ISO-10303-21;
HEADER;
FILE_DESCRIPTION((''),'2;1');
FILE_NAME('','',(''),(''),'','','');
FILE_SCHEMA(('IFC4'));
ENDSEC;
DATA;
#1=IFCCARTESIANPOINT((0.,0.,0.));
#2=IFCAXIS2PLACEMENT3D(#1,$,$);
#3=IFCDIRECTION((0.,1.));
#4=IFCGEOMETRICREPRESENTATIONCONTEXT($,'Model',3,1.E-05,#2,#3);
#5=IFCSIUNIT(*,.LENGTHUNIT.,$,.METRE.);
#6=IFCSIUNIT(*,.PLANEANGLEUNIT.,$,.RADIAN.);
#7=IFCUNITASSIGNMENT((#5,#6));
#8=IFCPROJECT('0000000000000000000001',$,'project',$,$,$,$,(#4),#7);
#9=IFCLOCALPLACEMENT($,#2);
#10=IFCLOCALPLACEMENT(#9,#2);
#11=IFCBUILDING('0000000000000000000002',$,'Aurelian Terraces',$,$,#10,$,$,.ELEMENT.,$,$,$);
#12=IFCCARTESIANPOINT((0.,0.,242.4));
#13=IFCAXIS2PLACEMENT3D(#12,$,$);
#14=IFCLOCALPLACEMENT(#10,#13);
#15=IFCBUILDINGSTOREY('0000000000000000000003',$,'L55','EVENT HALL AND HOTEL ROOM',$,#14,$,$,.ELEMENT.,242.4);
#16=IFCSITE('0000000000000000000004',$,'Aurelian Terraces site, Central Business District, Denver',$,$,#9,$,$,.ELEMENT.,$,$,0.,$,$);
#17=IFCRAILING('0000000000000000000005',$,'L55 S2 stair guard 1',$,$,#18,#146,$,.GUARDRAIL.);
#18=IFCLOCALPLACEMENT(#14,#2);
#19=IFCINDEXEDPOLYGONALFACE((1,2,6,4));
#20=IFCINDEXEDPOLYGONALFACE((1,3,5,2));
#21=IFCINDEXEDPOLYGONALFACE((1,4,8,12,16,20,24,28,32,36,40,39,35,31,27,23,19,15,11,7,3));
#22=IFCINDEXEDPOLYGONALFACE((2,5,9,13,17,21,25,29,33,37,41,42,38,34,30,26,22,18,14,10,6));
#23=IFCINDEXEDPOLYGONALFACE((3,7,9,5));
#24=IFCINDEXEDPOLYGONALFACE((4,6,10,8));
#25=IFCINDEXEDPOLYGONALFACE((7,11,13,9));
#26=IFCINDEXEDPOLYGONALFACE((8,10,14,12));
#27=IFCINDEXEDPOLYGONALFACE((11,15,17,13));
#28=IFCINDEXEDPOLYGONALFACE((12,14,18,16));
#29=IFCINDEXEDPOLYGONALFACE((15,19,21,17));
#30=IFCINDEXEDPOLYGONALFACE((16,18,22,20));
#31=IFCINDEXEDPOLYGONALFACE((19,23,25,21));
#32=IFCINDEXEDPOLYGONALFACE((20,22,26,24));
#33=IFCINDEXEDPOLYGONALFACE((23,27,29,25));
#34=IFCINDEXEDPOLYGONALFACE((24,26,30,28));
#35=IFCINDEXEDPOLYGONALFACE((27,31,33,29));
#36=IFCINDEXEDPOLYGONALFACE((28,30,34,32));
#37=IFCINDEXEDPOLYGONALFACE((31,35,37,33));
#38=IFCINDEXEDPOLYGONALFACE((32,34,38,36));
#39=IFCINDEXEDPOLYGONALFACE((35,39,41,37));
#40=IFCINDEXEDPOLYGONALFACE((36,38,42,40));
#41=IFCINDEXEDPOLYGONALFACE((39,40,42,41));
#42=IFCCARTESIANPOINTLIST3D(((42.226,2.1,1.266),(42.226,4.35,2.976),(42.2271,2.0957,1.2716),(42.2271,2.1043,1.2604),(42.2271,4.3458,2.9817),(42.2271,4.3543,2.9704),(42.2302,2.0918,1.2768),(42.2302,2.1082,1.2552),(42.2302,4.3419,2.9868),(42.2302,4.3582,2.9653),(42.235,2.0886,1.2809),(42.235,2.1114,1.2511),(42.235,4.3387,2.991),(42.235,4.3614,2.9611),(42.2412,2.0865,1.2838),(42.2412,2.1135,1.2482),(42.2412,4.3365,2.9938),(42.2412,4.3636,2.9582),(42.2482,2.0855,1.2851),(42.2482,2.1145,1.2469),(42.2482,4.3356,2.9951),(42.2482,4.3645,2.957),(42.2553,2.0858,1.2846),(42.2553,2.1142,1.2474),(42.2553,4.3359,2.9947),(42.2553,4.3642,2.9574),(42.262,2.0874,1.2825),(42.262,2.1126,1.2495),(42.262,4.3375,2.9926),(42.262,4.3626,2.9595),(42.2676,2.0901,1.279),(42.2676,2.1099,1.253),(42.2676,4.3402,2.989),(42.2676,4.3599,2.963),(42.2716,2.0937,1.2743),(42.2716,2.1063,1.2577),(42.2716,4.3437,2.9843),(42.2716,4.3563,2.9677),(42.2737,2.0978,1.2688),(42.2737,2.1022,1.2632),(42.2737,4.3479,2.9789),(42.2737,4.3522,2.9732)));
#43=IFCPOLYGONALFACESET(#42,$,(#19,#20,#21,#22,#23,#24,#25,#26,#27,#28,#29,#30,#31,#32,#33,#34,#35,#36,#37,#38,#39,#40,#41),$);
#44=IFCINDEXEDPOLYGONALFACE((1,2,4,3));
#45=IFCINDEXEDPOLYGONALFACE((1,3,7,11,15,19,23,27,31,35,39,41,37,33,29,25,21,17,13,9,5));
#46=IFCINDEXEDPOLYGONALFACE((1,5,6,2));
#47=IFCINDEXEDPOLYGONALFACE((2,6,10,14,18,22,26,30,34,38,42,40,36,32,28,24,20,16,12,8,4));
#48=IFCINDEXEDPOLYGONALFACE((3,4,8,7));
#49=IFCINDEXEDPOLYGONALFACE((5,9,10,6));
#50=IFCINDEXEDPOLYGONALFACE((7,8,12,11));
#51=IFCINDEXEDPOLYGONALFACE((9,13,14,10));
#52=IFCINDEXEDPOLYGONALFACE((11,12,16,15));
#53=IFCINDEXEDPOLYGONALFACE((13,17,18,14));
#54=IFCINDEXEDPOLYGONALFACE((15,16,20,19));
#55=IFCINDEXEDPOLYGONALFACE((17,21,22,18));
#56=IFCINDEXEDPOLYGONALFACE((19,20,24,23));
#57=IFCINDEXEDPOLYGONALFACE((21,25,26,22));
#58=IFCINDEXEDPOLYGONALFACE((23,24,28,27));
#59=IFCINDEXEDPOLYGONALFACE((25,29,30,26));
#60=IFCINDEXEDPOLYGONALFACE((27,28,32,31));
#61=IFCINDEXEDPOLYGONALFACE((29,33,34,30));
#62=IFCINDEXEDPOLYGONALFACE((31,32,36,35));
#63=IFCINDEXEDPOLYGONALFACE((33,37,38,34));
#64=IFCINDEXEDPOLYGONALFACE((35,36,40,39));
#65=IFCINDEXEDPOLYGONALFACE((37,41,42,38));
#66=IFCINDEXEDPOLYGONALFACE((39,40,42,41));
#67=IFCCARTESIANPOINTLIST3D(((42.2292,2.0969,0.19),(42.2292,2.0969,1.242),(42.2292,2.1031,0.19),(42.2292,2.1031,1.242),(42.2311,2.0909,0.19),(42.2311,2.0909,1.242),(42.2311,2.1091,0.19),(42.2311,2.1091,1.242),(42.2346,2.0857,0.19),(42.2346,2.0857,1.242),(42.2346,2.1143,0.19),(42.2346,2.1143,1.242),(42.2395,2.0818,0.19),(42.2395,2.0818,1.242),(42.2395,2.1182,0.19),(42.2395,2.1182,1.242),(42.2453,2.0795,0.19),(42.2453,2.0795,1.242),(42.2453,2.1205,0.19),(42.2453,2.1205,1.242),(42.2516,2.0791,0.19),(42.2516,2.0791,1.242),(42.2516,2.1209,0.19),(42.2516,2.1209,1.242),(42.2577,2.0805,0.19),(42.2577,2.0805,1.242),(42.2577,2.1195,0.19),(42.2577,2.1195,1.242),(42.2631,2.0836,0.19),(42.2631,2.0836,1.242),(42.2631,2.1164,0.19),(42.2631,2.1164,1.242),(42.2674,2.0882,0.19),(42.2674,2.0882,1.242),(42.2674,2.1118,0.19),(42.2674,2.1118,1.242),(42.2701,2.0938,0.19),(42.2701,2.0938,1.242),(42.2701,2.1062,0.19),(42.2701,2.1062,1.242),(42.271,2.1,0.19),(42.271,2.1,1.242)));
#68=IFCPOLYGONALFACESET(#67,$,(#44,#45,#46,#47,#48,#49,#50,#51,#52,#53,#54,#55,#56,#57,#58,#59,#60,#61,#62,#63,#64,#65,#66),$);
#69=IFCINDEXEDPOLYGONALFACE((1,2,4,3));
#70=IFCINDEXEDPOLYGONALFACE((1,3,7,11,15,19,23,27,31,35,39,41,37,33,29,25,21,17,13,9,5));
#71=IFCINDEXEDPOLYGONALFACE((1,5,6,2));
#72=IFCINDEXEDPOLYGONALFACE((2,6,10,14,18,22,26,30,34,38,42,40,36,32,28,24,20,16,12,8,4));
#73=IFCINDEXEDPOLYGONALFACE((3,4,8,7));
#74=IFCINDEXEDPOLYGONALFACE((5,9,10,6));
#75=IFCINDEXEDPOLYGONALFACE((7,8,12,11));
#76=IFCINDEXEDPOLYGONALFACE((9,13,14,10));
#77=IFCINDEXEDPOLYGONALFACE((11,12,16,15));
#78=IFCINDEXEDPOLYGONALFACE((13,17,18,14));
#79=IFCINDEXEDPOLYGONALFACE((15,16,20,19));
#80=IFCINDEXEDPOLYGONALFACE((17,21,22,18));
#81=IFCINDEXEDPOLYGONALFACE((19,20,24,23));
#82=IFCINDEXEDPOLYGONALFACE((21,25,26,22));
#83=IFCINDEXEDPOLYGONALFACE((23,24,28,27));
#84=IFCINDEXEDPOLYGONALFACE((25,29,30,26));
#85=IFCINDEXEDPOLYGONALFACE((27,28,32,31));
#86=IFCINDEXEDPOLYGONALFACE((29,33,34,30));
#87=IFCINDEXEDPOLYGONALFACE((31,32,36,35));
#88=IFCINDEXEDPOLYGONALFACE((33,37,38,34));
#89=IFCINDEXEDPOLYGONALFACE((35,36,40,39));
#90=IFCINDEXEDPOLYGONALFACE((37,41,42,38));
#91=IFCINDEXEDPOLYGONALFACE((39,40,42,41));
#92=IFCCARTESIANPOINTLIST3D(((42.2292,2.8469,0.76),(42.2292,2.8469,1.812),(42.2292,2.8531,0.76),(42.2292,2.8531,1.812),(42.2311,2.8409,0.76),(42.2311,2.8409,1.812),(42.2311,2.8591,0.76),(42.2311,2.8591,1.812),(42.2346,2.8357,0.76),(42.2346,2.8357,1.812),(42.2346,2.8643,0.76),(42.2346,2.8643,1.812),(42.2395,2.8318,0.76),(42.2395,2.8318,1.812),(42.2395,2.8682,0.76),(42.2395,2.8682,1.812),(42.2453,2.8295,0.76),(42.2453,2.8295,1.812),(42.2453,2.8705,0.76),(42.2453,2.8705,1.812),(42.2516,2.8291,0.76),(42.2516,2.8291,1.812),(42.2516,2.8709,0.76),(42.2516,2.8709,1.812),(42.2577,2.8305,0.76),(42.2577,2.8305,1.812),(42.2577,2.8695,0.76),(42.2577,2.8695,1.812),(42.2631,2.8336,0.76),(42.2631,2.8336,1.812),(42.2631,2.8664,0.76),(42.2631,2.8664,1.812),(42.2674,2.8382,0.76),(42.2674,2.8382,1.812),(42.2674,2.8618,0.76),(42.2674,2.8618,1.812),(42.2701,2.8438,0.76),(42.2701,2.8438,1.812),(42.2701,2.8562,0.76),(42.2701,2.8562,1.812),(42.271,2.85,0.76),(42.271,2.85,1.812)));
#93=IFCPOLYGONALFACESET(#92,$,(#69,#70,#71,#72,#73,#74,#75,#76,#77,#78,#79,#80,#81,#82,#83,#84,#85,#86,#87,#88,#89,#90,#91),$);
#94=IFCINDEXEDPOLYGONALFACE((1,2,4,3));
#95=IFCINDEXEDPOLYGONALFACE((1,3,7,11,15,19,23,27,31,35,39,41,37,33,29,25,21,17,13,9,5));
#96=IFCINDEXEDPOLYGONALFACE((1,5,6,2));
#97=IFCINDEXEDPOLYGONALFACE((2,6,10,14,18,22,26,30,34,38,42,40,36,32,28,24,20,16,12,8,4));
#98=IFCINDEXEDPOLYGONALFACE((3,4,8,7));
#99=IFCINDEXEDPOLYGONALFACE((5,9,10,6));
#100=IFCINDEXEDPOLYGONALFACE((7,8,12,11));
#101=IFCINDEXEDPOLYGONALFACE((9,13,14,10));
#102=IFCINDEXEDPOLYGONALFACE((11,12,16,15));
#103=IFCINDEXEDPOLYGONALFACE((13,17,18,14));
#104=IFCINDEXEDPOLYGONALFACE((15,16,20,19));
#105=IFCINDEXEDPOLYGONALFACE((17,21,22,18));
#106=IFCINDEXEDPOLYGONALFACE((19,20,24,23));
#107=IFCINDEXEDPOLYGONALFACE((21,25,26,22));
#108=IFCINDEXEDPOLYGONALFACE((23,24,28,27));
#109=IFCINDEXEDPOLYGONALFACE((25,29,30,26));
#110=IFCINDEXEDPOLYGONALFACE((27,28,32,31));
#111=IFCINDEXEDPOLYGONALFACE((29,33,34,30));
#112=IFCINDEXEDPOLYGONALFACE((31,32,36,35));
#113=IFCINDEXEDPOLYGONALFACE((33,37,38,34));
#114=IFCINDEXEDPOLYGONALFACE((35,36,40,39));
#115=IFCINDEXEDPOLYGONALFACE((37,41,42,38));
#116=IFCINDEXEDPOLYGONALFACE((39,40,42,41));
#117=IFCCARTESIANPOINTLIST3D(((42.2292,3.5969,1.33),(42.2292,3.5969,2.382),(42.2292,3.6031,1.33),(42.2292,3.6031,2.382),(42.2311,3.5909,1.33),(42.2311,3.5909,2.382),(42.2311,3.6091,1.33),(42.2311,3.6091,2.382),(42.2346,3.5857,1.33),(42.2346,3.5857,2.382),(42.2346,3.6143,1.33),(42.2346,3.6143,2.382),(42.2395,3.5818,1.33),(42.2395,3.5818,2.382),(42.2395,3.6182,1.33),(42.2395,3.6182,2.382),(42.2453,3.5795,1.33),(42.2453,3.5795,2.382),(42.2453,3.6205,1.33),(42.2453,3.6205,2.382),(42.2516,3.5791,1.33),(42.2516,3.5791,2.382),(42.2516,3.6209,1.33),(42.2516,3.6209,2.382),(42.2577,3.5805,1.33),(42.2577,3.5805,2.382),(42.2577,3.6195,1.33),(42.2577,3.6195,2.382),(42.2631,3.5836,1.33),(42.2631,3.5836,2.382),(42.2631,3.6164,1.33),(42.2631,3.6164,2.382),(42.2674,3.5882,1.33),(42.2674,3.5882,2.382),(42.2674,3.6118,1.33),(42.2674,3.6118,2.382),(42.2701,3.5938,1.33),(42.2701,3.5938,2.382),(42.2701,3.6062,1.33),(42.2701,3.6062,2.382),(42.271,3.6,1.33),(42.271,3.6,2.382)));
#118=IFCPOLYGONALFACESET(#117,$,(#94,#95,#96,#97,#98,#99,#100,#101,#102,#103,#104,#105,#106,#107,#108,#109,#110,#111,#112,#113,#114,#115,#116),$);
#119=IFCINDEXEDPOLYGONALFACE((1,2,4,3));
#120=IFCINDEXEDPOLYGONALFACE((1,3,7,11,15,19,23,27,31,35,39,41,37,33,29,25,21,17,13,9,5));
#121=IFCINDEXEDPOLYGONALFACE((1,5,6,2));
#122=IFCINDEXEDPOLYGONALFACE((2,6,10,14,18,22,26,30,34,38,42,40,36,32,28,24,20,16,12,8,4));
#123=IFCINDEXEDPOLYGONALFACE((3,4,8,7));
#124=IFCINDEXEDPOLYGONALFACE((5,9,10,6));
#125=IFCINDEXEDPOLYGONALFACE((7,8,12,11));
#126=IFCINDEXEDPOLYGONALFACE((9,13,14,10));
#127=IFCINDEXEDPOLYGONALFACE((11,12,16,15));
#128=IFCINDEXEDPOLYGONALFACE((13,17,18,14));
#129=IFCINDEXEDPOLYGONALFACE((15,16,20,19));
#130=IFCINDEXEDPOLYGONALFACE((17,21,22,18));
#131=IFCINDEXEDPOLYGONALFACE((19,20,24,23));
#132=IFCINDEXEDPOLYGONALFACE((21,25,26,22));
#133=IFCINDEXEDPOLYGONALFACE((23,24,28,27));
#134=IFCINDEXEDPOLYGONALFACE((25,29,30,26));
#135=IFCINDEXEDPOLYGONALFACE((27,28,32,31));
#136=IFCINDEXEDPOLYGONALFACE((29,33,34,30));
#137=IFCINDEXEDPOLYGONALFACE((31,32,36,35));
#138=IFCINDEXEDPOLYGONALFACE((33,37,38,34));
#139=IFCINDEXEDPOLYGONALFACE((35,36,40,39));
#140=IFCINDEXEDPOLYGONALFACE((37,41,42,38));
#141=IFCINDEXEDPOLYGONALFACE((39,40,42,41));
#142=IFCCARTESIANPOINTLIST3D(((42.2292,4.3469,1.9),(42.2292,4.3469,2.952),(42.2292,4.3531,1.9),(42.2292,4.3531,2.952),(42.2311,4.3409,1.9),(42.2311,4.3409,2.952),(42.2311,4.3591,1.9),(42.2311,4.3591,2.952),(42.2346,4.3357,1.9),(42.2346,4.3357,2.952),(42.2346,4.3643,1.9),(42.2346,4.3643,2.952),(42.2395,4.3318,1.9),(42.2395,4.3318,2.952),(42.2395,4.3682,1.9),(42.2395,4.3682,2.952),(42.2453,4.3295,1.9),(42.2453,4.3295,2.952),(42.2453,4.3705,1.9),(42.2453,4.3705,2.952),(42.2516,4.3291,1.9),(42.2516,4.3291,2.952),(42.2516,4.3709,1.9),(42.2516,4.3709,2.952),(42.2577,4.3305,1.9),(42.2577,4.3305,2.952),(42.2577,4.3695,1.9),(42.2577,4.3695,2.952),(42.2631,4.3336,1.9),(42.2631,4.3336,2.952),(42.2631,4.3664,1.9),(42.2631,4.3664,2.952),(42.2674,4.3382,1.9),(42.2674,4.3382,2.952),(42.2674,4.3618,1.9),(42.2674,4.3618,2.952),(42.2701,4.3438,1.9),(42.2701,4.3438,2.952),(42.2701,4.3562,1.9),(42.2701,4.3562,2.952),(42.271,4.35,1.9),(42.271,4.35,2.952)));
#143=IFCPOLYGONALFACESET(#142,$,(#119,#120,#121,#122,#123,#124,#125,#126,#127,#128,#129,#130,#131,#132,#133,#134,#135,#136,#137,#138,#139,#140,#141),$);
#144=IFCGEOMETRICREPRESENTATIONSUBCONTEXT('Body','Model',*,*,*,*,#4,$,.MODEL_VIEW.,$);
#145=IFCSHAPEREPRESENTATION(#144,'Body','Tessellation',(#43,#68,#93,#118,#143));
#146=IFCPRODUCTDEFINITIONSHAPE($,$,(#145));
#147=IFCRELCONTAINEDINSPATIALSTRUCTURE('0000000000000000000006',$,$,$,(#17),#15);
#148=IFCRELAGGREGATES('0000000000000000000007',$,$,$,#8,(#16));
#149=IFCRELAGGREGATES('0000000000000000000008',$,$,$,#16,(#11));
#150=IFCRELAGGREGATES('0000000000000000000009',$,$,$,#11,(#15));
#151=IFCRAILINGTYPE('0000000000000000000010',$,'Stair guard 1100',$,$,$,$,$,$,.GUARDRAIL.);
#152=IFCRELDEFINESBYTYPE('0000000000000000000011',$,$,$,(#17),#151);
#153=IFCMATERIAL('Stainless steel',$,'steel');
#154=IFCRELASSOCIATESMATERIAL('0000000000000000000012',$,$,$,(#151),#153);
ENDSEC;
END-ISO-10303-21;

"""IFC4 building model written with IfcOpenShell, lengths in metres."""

from ifc_helpers import new_model, si_unit, direction, frame, origin, origin_2d, place, context, subcontext, project, spatial, circle, extrude, source, transform, mapped, material, type_object, element, save


model = new_model("IFC4")

# Units and contexts
model_context = context("Model", 3, precision=1e-05, world=origin(), true_north=direction((0.0, 1.0)))
body_context = subcontext(model_context, "Body", "Model", "MODEL_VIEW")
ifc_project = project(units=[si_unit("LENGTHUNIT", "METRE"), si_unit("PLANEANGLEUNIT", "RADIAN")], contexts=[model_context])

# Site, building, storey
site_placement = place(None, origin())
site = spatial("IfcSite", under=ifc_project, at=site_placement, Name="Aurelian Terraces site, Central Business District, Denver", CompositionType="ELEMENT", RefElevation=0.0)
building_placement = place(site_placement, origin())
building = spatial("IfcBuilding", under=site, at=building_placement, Name="Aurelian Terraces", CompositionType="ELEMENT")
storey_placement = place(building_placement, frame((0.0, 0.0, 242.4)))
storey = spatial("IfcBuildingStorey", under=building, at=storey_placement, Name="L55", Description="EVENT HALL AND HOTEL ROOM", CompositionType="ELEMENT", Elevation=242.4)

# Railing
ifc_material_1 = material(Name="Stainless steel", Category="steel")
railing_type_1 = type_object("IfcRailingType", Name="Stair guard 1100", PredefinedType="GUARDRAIL", material=ifc_material_1)
shared_shape_1 = source(origin(), body_context, "Body", "SweptSolid", [
    extrude(circle(Radius=0.024, at=origin_2d()), frame((0.0, 0.0, 1.076), z_axis=(0.0, 0.796162, 0.605083), x_axis=(-1.0, 0.0, 0.0)), (0.0, 0.0, 1.0), 2.8261),
    extrude(circle(Radius=0.021, at=origin_2d()), origin(), (0.0, 0.0, 1.0), 1.052),
    extrude(circle(Radius=0.021, at=origin_2d()), frame((0.0, 0.75, 0.57)), (0.0, 0.0, 1.0), 1.052),
    extrude(circle(Radius=0.021, at=origin_2d()), frame((0.0, 1.5, 1.14)), (0.0, 0.0, 1.0), 1.052),
    extrude(circle(Radius=0.021, at=origin_2d()), frame((0.0, 2.25, 1.71)), (0.0, 0.0, 1.0), 1.052),
])
railing_1_placement = place(storey_placement, frame((42.25, 2.1, 0.19)))
element("IfcRailing", 1, at=railing_1_placement, inside=storey, type_object=railing_type_1, Name="L55 S2 stair guard 1", PredefinedType="GUARDRAIL", context=body_context, shape_type="MappedRepresentation", body=[
    mapped(shared_shape_1, transform((0.0, 0.0, 0.0), scale=1.0)),
])

save(model, "model.ifc")
